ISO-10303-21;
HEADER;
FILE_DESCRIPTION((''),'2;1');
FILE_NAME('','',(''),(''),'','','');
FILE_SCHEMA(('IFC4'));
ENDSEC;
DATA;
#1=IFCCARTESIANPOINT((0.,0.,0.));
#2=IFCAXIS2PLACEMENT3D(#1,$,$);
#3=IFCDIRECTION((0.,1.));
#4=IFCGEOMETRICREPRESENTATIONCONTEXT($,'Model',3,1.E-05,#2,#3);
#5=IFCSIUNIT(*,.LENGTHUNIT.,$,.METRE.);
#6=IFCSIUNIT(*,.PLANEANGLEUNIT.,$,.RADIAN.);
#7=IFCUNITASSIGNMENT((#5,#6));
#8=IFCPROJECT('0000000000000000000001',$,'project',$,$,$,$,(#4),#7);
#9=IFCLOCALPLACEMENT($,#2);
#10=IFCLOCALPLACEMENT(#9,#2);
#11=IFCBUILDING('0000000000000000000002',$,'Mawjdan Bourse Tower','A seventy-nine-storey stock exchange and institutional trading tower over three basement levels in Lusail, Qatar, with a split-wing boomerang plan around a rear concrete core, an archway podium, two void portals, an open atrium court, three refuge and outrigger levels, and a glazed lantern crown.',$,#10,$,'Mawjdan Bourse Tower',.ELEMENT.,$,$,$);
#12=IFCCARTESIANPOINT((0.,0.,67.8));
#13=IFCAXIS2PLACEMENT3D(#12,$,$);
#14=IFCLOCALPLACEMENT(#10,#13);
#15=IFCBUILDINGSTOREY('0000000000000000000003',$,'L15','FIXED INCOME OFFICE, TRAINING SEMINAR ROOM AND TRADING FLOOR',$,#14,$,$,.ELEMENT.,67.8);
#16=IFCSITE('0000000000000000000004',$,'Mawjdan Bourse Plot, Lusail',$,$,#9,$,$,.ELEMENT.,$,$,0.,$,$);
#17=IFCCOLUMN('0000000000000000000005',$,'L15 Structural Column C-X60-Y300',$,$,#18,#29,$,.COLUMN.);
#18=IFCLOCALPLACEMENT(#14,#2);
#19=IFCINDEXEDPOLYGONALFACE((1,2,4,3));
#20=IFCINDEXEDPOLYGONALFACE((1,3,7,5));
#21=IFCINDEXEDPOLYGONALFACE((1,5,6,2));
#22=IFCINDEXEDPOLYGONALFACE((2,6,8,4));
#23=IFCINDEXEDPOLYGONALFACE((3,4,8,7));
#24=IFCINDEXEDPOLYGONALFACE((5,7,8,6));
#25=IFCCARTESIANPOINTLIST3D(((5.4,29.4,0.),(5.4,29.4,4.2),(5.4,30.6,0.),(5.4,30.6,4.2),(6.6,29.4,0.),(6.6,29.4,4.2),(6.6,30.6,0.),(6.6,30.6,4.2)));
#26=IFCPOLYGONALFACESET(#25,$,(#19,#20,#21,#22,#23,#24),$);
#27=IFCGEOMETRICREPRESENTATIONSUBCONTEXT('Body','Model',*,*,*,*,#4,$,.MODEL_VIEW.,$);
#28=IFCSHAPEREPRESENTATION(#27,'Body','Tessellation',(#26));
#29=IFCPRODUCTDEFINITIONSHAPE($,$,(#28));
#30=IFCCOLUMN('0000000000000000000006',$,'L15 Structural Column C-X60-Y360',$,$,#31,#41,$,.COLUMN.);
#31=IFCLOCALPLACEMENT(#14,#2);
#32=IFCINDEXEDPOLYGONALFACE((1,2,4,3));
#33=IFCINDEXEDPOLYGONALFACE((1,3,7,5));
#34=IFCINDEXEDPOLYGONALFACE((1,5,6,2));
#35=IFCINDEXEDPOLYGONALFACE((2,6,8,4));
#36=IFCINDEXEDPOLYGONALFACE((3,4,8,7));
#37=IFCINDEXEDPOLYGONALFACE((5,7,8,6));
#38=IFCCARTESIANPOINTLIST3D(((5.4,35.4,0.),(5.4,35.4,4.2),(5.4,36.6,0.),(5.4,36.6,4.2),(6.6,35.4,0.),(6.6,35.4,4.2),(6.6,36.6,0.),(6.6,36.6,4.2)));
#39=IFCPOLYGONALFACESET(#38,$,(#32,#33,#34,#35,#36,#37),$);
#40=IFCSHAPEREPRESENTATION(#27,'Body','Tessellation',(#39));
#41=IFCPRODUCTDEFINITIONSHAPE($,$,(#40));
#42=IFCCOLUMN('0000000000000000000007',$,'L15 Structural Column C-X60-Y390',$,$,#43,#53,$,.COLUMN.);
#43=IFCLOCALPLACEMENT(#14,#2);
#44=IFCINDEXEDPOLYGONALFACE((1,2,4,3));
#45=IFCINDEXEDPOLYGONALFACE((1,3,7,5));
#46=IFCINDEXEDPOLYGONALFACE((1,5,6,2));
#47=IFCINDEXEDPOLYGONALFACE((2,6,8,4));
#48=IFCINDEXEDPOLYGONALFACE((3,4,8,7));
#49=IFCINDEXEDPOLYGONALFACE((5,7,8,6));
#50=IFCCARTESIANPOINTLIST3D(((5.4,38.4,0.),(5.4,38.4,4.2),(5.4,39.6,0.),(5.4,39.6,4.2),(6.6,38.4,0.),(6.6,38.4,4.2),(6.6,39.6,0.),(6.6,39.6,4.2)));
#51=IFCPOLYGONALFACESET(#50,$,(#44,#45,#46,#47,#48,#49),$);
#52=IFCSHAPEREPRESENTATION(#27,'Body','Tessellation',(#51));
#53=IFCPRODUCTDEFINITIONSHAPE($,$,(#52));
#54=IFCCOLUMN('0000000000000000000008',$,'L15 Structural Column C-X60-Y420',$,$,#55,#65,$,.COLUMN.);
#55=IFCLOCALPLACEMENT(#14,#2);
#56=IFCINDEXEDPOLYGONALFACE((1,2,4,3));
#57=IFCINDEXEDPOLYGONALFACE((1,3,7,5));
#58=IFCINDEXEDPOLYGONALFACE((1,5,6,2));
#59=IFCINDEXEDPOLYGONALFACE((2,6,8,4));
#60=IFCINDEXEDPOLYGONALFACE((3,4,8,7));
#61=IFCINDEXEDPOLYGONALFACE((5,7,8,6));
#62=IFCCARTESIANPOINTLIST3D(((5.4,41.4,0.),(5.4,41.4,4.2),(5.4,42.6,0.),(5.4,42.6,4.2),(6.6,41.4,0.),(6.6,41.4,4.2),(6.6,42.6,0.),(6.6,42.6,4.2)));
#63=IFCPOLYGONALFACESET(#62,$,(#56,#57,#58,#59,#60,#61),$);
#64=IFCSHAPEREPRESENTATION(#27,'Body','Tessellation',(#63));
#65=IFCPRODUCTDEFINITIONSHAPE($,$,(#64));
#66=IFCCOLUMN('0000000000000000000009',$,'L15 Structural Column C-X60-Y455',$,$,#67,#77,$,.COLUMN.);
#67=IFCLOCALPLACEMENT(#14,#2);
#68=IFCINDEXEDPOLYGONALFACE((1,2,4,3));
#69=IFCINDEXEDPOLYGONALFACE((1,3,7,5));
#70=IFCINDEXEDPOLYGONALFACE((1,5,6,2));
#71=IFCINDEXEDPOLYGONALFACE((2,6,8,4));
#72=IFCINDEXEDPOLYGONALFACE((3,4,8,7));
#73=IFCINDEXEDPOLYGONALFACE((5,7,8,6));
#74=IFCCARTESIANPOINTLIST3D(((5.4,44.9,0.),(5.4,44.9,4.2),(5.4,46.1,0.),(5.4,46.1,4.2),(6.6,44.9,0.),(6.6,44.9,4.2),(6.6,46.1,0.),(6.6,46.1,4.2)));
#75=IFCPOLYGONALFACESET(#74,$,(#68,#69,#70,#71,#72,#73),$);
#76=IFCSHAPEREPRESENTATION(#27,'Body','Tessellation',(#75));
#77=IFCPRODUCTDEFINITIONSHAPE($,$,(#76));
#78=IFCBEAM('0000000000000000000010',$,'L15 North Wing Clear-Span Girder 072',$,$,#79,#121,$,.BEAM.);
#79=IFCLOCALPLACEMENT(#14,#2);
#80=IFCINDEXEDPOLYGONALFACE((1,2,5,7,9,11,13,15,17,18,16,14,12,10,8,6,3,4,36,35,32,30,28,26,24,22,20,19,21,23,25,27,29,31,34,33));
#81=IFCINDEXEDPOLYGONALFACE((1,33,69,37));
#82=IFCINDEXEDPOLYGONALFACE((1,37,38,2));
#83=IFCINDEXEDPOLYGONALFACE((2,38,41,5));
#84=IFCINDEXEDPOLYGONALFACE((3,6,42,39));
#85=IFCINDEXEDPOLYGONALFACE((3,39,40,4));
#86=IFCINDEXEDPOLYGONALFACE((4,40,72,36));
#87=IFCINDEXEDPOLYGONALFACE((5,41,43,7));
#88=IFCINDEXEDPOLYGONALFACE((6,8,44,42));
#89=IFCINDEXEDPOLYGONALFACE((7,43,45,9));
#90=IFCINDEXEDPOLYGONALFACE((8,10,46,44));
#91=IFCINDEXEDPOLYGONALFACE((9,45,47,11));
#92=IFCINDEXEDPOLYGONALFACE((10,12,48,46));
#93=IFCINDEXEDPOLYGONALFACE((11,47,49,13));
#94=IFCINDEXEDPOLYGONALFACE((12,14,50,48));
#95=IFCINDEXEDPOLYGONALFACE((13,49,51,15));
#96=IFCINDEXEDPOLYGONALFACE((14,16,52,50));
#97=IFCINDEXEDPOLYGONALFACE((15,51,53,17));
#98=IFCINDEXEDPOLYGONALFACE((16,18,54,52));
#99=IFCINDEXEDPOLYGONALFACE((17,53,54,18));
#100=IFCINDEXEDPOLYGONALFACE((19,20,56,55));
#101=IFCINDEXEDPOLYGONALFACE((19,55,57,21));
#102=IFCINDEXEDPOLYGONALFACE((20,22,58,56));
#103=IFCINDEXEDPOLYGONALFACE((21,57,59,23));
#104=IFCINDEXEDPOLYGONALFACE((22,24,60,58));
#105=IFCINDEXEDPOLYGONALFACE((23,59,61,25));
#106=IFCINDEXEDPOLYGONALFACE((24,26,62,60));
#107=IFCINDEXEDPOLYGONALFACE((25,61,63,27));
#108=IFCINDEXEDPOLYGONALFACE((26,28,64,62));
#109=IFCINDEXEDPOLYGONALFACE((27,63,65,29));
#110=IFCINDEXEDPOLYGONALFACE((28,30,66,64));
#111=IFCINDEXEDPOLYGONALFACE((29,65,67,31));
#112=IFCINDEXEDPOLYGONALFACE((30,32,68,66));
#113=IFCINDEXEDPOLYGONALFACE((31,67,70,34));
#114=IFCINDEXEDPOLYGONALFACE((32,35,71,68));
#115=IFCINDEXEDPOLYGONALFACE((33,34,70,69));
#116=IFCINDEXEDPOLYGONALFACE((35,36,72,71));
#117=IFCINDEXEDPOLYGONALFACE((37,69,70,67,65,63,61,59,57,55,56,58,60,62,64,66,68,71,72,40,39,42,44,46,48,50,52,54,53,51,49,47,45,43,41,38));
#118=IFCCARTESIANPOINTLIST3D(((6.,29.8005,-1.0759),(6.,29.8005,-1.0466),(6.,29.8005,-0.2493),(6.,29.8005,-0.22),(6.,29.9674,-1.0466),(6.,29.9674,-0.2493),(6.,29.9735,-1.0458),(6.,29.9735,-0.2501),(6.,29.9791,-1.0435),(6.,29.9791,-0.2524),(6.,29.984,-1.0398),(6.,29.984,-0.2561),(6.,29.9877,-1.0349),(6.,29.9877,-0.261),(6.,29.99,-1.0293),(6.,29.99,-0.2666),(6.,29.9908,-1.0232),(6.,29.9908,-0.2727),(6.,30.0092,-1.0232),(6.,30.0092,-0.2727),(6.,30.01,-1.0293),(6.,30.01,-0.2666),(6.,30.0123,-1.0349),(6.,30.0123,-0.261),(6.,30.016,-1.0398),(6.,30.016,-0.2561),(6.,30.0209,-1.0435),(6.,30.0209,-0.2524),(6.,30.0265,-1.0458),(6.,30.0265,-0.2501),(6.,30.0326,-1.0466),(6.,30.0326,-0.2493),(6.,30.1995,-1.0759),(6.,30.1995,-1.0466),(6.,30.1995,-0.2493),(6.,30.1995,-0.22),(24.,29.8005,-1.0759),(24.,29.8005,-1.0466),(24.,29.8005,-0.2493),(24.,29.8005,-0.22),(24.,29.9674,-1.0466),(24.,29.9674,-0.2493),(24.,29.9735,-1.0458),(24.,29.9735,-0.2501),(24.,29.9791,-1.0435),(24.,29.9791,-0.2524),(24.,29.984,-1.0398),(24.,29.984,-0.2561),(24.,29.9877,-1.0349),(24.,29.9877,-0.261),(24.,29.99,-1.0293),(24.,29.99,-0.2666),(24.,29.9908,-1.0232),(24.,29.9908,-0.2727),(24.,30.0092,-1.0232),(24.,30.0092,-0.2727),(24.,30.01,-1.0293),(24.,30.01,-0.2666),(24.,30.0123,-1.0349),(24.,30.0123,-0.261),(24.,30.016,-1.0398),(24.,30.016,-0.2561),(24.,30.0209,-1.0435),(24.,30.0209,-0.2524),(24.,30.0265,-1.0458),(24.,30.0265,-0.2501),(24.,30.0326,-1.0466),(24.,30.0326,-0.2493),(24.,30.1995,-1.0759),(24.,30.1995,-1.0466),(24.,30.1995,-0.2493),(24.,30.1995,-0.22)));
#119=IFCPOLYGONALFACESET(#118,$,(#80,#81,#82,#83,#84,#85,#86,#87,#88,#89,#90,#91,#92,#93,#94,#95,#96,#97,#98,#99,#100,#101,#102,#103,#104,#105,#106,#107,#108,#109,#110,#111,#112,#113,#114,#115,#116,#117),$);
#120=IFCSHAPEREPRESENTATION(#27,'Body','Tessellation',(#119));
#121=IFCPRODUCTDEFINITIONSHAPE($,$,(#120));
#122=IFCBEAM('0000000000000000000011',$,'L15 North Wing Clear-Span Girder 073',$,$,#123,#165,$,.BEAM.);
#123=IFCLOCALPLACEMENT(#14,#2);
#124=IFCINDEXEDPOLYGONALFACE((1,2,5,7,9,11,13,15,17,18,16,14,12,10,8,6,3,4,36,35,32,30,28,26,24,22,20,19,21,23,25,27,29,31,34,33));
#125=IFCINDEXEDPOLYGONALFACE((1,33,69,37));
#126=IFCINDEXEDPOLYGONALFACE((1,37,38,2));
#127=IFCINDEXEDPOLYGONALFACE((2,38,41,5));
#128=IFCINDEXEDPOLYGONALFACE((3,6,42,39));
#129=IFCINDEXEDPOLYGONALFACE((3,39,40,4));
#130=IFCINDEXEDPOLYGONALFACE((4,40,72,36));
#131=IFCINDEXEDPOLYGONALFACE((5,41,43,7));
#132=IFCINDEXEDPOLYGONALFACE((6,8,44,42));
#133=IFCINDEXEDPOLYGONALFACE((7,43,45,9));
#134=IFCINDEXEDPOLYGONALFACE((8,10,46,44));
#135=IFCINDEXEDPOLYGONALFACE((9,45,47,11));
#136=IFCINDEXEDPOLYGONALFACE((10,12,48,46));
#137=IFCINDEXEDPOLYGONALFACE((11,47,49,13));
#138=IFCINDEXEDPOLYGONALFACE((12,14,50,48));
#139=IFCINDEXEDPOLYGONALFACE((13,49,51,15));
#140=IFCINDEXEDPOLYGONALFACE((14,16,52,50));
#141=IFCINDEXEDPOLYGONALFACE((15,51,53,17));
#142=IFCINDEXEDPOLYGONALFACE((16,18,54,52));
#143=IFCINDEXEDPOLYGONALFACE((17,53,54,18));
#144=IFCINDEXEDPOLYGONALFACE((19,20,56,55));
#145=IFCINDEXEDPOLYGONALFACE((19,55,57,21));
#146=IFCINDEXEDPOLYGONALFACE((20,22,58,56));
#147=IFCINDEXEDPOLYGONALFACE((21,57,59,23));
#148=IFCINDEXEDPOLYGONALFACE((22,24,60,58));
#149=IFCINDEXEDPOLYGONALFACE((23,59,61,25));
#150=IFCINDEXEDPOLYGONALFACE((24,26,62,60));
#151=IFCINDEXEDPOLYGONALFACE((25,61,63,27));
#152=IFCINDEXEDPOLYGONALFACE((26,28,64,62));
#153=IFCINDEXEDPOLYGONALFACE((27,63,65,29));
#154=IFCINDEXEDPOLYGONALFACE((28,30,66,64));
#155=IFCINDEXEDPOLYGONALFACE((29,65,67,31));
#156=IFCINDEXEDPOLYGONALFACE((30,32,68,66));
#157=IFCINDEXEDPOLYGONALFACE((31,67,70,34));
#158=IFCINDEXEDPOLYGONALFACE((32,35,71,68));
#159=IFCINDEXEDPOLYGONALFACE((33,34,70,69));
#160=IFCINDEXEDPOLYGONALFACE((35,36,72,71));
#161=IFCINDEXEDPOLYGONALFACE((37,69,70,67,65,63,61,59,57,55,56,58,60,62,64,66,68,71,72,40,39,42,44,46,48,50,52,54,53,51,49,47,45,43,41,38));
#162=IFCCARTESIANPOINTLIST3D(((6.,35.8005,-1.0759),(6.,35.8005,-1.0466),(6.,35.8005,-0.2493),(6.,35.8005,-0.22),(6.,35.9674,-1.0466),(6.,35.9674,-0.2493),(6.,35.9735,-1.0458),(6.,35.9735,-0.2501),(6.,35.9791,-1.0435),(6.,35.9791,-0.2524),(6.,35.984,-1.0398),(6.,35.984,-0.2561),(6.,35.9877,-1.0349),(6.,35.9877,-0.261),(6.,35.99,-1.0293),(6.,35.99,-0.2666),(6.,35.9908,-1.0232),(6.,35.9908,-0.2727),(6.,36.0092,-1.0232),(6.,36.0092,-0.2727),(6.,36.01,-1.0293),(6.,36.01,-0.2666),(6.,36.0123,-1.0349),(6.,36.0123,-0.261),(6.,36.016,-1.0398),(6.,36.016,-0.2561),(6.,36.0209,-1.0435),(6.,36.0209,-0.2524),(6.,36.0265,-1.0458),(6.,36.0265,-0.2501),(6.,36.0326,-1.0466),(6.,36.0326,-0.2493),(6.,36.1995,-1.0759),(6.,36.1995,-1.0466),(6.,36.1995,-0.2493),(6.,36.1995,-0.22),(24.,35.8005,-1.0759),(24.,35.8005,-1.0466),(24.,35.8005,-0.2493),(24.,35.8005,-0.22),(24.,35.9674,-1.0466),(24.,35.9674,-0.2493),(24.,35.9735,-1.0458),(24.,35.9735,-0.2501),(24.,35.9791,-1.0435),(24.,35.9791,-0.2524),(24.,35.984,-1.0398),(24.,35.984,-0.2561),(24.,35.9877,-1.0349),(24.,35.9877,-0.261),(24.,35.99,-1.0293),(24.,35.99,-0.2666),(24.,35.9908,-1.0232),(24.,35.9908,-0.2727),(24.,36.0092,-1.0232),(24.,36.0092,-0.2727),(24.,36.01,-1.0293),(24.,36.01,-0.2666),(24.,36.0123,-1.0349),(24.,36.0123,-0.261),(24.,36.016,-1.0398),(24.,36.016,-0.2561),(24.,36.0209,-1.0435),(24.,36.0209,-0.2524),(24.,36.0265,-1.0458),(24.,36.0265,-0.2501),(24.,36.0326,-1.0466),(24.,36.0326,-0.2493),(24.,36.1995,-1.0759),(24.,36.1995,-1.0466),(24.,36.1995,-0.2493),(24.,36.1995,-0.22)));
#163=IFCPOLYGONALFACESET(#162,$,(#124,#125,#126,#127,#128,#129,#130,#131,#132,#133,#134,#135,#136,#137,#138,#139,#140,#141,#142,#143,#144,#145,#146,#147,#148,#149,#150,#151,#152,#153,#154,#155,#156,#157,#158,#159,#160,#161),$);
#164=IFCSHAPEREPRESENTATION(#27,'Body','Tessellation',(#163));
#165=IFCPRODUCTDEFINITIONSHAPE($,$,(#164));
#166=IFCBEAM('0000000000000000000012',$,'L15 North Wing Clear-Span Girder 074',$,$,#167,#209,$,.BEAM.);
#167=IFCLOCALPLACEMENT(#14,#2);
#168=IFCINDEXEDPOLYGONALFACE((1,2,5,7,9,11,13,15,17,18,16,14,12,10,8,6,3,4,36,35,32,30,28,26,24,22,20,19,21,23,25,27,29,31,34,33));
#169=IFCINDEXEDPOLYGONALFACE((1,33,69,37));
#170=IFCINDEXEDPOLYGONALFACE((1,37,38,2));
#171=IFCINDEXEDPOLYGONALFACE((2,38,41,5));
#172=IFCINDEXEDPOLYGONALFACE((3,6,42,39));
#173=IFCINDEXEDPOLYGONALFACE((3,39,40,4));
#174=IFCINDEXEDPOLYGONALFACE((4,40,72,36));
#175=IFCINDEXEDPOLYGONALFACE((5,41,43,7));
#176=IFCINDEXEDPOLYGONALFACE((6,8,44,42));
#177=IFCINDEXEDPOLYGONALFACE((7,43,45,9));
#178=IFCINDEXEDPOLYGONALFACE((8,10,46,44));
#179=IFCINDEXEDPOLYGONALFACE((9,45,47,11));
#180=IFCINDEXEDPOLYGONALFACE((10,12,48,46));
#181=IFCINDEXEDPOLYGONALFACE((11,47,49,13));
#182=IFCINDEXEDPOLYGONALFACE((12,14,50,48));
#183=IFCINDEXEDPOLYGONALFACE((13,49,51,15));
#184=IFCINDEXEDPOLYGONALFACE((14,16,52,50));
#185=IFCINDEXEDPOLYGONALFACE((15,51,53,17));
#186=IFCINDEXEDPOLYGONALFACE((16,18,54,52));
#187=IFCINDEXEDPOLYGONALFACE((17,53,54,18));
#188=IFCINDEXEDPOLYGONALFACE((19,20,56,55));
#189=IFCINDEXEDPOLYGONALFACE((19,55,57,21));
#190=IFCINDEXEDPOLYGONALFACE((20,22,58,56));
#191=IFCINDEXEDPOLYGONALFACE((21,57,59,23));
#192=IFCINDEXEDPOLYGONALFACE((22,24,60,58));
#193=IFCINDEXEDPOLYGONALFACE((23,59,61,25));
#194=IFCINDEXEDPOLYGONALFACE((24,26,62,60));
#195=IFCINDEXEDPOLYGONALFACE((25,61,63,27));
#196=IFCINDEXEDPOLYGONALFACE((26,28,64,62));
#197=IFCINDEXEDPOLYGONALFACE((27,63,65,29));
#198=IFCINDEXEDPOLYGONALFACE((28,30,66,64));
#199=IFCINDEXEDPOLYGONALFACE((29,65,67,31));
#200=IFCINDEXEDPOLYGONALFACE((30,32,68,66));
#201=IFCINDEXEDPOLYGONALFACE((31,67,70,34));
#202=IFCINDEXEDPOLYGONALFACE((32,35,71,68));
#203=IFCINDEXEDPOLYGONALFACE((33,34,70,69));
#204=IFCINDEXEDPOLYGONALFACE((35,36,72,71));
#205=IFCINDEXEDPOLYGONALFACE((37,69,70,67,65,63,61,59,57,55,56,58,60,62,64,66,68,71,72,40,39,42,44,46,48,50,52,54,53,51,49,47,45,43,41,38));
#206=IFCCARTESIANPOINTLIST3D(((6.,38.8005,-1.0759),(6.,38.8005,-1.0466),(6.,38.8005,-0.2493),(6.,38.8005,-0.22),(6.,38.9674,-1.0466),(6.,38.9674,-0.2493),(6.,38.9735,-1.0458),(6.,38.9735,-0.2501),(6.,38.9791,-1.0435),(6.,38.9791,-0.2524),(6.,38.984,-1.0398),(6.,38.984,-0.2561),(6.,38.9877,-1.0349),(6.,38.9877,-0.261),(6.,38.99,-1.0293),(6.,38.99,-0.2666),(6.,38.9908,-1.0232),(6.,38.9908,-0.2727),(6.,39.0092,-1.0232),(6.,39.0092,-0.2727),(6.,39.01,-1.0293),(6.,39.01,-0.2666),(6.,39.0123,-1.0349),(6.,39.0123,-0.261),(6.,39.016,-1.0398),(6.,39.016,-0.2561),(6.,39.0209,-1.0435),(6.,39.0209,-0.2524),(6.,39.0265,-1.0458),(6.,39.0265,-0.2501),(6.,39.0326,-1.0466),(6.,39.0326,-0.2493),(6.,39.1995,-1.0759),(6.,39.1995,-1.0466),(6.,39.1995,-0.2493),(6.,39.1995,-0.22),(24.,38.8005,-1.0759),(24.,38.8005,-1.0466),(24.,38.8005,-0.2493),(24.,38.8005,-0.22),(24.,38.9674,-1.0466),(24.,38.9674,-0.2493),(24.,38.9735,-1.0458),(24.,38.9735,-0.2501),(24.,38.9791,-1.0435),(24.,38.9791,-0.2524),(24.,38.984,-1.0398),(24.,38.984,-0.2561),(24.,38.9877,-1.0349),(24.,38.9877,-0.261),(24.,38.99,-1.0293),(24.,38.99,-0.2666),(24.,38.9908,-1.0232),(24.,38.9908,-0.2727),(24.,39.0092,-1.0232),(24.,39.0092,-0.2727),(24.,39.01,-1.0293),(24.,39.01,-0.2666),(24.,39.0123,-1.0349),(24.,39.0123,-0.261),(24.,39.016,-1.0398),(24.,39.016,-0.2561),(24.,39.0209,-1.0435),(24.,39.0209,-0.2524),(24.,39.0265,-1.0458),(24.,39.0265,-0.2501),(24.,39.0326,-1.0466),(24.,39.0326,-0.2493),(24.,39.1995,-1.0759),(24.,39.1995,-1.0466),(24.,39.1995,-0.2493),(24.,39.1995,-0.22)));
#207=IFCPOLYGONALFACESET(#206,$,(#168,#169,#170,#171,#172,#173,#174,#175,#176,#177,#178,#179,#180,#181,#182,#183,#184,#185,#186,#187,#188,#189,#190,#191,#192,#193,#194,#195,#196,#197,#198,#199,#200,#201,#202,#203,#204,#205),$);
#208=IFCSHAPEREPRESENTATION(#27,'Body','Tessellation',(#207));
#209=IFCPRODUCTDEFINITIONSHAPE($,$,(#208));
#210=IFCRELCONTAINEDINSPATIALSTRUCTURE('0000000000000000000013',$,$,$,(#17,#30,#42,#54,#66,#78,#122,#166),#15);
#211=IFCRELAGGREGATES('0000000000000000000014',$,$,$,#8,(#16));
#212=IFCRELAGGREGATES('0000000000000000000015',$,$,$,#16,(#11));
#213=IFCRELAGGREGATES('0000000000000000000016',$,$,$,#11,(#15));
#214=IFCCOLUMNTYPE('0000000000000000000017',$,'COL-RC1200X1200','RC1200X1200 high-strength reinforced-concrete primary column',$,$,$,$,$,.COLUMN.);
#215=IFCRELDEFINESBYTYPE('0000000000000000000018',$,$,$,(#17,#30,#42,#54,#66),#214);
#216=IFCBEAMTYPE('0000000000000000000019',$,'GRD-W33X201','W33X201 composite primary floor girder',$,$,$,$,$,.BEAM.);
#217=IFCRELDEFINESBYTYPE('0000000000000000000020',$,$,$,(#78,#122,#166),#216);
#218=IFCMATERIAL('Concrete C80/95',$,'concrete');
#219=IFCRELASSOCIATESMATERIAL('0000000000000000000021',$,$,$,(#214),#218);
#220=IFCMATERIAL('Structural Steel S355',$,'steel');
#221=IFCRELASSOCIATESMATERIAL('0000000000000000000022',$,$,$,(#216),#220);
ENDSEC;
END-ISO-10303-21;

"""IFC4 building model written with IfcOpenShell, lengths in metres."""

from ifc_helpers import new_model, si_unit, direction, frame, origin, origin_2d, place, context, subcontext, project, spatial, rectangle, i_section, extrude, material, material_profile, profile_set, type_object, element, save


model = new_model("IFC4")

# Units and contexts
model_context = context("Model", 3, precision=1e-05, world=origin(), true_north=direction((0.0, 1.0)))
body_context = subcontext(model_context, "Body", "Model", "MODEL_VIEW")
ifc_project = project(units=[si_unit("LENGTHUNIT", "METRE"), si_unit("PLANEANGLEUNIT", "RADIAN")], contexts=[model_context])

# Site, building, storey
site_placement = place(None, origin())
site = spatial("IfcSite", under=ifc_project, at=site_placement, Name="Mawjdan Bourse Plot, Lusail", CompositionType="ELEMENT", RefElevation=0.0)
building_placement = place(site_placement, origin())
building = spatial("IfcBuilding", under=site, at=building_placement, Name="Mawjdan Bourse Tower", Description="A seventy-nine-storey stock exchange and institutional trading tower over three basement levels in Lusail, Qatar, with a split-wing boomerang plan around a rear concrete core, an archway podium, two void portals, an open atrium court, three refuge and outrigger levels, and a glazed lantern crown.", LongName="Mawjdan Bourse Tower", CompositionType="ELEMENT")
storey_placement = place(building_placement, frame((0.0, 0.0, 67.8)))
storey = spatial("IfcBuildingStorey", under=building, at=storey_placement, Name="L15", Description="FIXED INCOME OFFICE, TRAINING SEMINAR ROOM AND TRADING FLOOR", CompositionType="ELEMENT", Elevation=67.8)

# Columns
ifc_material_1 = material(Name="Concrete C80/95", Category="concrete")
ifc_material_profile_1 = material_profile(ifc_material_1, rectangle(XDim=1.2, YDim=1.2, at=origin_2d()), Name="RC1200X1200")
ifc_profile_set_1 = profile_set([ifc_material_profile_1], Name="Concrete C80/95")
column_type = type_object("IfcColumnType", Name="COL-RC1200X1200", Description="RC1200X1200 high-strength reinforced-concrete primary column", PredefinedType="COLUMN", material=ifc_profile_set_1)
for number, where, z_axis, x_axis, name in (
    (1, (6.0, 30.0, 0.0), (0.0, 0.0, 1.0), (1.0, 0.0, 0.0), "L15 Structural Column C-X60-Y300"),
    (2, (6.0, 36.0, 0.0), (0.0, 0.0, 1.0), (1.0, 0.0, 0.0), "L15 Structural Column C-X60-Y360"),
    (3, (6.0, 39.0, 0.0), (0.0, 0.0, 1.0), (1.0, 0.0, 0.0), "L15 Structural Column C-X60-Y390"),
    (4, (6.0, 42.0, 0.0), (0.0, 0.0, 1.0), (1.0, 0.0, 0.0), "L15 Structural Column C-X60-Y420"),
    (5, (6.0, 45.5, 0.0), (0.0, 0.0, 1.0), (1.0, 0.0, 0.0), "L15 Structural Column C-X60-Y455"),
):
    element("IfcColumn", number, at=place(storey_placement, frame(where, z_axis=z_axis, x_axis=x_axis)), inside=storey, type_object=column_type, Name=name, PredefinedType="COLUMN", context=body_context, shape_type="SweptSolid", body=[
        extrude(rectangle(XDim=1.2, YDim=1.2, at=origin_2d()), origin(), (0.0, 0.0, 1.0), 4.2),
    ])

# Beams
ifc_material_2 = material(Name="Structural Steel S355", Category="steel")
ifc_material_profile_2 = material_profile(ifc_material_2, i_section(OverallWidth=0.3989, OverallDepth=0.856, WebThickness=0.0183, FlangeThickness=0.0293, FilletRadius=0.0234, at=origin_2d()), Name="W33X201")
ifc_profile_set_2 = profile_set([ifc_material_profile_2], Name="Structural Steel S355")
beam_type_1 = type_object("IfcBeamType", Name="GRD-W33X201", Description="W33X201 composite primary floor girder", PredefinedType="BEAM", material=ifc_profile_set_2)
for number, where, z_axis, x_axis, name in (
    (6, (6.0, 30.0, -0.6479), (1.0, 0.0, 0.0), (0.0, 1.0, 0.0), "L15 North Wing Clear-Span Girder 072"),
    (7, (6.0, 36.0, -0.6479), (1.0, 0.0, 0.0), (0.0, 1.0, 0.0), "L15 North Wing Clear-Span Girder 073"),
    (8, (6.0, 39.0, -0.6479), (1.0, 0.0, 0.0), (0.0, 1.0, 0.0), "L15 North Wing Clear-Span Girder 074"),
):
    element("IfcBeam", number, at=place(storey_placement, frame(where, z_axis=z_axis, x_axis=x_axis)), inside=storey, type_object=beam_type_1, Name=name, PredefinedType="BEAM", context=body_context, shape_type="SweptSolid", body=[
        extrude(i_section(OverallWidth=0.3989, OverallDepth=0.856, WebThickness=0.0183, FlangeThickness=0.0293, FilletRadius=0.0234, at=origin_2d()), origin(), (0.0, 0.0, 1.0), 18.0),
    ])

save(model, "model.ifc")
